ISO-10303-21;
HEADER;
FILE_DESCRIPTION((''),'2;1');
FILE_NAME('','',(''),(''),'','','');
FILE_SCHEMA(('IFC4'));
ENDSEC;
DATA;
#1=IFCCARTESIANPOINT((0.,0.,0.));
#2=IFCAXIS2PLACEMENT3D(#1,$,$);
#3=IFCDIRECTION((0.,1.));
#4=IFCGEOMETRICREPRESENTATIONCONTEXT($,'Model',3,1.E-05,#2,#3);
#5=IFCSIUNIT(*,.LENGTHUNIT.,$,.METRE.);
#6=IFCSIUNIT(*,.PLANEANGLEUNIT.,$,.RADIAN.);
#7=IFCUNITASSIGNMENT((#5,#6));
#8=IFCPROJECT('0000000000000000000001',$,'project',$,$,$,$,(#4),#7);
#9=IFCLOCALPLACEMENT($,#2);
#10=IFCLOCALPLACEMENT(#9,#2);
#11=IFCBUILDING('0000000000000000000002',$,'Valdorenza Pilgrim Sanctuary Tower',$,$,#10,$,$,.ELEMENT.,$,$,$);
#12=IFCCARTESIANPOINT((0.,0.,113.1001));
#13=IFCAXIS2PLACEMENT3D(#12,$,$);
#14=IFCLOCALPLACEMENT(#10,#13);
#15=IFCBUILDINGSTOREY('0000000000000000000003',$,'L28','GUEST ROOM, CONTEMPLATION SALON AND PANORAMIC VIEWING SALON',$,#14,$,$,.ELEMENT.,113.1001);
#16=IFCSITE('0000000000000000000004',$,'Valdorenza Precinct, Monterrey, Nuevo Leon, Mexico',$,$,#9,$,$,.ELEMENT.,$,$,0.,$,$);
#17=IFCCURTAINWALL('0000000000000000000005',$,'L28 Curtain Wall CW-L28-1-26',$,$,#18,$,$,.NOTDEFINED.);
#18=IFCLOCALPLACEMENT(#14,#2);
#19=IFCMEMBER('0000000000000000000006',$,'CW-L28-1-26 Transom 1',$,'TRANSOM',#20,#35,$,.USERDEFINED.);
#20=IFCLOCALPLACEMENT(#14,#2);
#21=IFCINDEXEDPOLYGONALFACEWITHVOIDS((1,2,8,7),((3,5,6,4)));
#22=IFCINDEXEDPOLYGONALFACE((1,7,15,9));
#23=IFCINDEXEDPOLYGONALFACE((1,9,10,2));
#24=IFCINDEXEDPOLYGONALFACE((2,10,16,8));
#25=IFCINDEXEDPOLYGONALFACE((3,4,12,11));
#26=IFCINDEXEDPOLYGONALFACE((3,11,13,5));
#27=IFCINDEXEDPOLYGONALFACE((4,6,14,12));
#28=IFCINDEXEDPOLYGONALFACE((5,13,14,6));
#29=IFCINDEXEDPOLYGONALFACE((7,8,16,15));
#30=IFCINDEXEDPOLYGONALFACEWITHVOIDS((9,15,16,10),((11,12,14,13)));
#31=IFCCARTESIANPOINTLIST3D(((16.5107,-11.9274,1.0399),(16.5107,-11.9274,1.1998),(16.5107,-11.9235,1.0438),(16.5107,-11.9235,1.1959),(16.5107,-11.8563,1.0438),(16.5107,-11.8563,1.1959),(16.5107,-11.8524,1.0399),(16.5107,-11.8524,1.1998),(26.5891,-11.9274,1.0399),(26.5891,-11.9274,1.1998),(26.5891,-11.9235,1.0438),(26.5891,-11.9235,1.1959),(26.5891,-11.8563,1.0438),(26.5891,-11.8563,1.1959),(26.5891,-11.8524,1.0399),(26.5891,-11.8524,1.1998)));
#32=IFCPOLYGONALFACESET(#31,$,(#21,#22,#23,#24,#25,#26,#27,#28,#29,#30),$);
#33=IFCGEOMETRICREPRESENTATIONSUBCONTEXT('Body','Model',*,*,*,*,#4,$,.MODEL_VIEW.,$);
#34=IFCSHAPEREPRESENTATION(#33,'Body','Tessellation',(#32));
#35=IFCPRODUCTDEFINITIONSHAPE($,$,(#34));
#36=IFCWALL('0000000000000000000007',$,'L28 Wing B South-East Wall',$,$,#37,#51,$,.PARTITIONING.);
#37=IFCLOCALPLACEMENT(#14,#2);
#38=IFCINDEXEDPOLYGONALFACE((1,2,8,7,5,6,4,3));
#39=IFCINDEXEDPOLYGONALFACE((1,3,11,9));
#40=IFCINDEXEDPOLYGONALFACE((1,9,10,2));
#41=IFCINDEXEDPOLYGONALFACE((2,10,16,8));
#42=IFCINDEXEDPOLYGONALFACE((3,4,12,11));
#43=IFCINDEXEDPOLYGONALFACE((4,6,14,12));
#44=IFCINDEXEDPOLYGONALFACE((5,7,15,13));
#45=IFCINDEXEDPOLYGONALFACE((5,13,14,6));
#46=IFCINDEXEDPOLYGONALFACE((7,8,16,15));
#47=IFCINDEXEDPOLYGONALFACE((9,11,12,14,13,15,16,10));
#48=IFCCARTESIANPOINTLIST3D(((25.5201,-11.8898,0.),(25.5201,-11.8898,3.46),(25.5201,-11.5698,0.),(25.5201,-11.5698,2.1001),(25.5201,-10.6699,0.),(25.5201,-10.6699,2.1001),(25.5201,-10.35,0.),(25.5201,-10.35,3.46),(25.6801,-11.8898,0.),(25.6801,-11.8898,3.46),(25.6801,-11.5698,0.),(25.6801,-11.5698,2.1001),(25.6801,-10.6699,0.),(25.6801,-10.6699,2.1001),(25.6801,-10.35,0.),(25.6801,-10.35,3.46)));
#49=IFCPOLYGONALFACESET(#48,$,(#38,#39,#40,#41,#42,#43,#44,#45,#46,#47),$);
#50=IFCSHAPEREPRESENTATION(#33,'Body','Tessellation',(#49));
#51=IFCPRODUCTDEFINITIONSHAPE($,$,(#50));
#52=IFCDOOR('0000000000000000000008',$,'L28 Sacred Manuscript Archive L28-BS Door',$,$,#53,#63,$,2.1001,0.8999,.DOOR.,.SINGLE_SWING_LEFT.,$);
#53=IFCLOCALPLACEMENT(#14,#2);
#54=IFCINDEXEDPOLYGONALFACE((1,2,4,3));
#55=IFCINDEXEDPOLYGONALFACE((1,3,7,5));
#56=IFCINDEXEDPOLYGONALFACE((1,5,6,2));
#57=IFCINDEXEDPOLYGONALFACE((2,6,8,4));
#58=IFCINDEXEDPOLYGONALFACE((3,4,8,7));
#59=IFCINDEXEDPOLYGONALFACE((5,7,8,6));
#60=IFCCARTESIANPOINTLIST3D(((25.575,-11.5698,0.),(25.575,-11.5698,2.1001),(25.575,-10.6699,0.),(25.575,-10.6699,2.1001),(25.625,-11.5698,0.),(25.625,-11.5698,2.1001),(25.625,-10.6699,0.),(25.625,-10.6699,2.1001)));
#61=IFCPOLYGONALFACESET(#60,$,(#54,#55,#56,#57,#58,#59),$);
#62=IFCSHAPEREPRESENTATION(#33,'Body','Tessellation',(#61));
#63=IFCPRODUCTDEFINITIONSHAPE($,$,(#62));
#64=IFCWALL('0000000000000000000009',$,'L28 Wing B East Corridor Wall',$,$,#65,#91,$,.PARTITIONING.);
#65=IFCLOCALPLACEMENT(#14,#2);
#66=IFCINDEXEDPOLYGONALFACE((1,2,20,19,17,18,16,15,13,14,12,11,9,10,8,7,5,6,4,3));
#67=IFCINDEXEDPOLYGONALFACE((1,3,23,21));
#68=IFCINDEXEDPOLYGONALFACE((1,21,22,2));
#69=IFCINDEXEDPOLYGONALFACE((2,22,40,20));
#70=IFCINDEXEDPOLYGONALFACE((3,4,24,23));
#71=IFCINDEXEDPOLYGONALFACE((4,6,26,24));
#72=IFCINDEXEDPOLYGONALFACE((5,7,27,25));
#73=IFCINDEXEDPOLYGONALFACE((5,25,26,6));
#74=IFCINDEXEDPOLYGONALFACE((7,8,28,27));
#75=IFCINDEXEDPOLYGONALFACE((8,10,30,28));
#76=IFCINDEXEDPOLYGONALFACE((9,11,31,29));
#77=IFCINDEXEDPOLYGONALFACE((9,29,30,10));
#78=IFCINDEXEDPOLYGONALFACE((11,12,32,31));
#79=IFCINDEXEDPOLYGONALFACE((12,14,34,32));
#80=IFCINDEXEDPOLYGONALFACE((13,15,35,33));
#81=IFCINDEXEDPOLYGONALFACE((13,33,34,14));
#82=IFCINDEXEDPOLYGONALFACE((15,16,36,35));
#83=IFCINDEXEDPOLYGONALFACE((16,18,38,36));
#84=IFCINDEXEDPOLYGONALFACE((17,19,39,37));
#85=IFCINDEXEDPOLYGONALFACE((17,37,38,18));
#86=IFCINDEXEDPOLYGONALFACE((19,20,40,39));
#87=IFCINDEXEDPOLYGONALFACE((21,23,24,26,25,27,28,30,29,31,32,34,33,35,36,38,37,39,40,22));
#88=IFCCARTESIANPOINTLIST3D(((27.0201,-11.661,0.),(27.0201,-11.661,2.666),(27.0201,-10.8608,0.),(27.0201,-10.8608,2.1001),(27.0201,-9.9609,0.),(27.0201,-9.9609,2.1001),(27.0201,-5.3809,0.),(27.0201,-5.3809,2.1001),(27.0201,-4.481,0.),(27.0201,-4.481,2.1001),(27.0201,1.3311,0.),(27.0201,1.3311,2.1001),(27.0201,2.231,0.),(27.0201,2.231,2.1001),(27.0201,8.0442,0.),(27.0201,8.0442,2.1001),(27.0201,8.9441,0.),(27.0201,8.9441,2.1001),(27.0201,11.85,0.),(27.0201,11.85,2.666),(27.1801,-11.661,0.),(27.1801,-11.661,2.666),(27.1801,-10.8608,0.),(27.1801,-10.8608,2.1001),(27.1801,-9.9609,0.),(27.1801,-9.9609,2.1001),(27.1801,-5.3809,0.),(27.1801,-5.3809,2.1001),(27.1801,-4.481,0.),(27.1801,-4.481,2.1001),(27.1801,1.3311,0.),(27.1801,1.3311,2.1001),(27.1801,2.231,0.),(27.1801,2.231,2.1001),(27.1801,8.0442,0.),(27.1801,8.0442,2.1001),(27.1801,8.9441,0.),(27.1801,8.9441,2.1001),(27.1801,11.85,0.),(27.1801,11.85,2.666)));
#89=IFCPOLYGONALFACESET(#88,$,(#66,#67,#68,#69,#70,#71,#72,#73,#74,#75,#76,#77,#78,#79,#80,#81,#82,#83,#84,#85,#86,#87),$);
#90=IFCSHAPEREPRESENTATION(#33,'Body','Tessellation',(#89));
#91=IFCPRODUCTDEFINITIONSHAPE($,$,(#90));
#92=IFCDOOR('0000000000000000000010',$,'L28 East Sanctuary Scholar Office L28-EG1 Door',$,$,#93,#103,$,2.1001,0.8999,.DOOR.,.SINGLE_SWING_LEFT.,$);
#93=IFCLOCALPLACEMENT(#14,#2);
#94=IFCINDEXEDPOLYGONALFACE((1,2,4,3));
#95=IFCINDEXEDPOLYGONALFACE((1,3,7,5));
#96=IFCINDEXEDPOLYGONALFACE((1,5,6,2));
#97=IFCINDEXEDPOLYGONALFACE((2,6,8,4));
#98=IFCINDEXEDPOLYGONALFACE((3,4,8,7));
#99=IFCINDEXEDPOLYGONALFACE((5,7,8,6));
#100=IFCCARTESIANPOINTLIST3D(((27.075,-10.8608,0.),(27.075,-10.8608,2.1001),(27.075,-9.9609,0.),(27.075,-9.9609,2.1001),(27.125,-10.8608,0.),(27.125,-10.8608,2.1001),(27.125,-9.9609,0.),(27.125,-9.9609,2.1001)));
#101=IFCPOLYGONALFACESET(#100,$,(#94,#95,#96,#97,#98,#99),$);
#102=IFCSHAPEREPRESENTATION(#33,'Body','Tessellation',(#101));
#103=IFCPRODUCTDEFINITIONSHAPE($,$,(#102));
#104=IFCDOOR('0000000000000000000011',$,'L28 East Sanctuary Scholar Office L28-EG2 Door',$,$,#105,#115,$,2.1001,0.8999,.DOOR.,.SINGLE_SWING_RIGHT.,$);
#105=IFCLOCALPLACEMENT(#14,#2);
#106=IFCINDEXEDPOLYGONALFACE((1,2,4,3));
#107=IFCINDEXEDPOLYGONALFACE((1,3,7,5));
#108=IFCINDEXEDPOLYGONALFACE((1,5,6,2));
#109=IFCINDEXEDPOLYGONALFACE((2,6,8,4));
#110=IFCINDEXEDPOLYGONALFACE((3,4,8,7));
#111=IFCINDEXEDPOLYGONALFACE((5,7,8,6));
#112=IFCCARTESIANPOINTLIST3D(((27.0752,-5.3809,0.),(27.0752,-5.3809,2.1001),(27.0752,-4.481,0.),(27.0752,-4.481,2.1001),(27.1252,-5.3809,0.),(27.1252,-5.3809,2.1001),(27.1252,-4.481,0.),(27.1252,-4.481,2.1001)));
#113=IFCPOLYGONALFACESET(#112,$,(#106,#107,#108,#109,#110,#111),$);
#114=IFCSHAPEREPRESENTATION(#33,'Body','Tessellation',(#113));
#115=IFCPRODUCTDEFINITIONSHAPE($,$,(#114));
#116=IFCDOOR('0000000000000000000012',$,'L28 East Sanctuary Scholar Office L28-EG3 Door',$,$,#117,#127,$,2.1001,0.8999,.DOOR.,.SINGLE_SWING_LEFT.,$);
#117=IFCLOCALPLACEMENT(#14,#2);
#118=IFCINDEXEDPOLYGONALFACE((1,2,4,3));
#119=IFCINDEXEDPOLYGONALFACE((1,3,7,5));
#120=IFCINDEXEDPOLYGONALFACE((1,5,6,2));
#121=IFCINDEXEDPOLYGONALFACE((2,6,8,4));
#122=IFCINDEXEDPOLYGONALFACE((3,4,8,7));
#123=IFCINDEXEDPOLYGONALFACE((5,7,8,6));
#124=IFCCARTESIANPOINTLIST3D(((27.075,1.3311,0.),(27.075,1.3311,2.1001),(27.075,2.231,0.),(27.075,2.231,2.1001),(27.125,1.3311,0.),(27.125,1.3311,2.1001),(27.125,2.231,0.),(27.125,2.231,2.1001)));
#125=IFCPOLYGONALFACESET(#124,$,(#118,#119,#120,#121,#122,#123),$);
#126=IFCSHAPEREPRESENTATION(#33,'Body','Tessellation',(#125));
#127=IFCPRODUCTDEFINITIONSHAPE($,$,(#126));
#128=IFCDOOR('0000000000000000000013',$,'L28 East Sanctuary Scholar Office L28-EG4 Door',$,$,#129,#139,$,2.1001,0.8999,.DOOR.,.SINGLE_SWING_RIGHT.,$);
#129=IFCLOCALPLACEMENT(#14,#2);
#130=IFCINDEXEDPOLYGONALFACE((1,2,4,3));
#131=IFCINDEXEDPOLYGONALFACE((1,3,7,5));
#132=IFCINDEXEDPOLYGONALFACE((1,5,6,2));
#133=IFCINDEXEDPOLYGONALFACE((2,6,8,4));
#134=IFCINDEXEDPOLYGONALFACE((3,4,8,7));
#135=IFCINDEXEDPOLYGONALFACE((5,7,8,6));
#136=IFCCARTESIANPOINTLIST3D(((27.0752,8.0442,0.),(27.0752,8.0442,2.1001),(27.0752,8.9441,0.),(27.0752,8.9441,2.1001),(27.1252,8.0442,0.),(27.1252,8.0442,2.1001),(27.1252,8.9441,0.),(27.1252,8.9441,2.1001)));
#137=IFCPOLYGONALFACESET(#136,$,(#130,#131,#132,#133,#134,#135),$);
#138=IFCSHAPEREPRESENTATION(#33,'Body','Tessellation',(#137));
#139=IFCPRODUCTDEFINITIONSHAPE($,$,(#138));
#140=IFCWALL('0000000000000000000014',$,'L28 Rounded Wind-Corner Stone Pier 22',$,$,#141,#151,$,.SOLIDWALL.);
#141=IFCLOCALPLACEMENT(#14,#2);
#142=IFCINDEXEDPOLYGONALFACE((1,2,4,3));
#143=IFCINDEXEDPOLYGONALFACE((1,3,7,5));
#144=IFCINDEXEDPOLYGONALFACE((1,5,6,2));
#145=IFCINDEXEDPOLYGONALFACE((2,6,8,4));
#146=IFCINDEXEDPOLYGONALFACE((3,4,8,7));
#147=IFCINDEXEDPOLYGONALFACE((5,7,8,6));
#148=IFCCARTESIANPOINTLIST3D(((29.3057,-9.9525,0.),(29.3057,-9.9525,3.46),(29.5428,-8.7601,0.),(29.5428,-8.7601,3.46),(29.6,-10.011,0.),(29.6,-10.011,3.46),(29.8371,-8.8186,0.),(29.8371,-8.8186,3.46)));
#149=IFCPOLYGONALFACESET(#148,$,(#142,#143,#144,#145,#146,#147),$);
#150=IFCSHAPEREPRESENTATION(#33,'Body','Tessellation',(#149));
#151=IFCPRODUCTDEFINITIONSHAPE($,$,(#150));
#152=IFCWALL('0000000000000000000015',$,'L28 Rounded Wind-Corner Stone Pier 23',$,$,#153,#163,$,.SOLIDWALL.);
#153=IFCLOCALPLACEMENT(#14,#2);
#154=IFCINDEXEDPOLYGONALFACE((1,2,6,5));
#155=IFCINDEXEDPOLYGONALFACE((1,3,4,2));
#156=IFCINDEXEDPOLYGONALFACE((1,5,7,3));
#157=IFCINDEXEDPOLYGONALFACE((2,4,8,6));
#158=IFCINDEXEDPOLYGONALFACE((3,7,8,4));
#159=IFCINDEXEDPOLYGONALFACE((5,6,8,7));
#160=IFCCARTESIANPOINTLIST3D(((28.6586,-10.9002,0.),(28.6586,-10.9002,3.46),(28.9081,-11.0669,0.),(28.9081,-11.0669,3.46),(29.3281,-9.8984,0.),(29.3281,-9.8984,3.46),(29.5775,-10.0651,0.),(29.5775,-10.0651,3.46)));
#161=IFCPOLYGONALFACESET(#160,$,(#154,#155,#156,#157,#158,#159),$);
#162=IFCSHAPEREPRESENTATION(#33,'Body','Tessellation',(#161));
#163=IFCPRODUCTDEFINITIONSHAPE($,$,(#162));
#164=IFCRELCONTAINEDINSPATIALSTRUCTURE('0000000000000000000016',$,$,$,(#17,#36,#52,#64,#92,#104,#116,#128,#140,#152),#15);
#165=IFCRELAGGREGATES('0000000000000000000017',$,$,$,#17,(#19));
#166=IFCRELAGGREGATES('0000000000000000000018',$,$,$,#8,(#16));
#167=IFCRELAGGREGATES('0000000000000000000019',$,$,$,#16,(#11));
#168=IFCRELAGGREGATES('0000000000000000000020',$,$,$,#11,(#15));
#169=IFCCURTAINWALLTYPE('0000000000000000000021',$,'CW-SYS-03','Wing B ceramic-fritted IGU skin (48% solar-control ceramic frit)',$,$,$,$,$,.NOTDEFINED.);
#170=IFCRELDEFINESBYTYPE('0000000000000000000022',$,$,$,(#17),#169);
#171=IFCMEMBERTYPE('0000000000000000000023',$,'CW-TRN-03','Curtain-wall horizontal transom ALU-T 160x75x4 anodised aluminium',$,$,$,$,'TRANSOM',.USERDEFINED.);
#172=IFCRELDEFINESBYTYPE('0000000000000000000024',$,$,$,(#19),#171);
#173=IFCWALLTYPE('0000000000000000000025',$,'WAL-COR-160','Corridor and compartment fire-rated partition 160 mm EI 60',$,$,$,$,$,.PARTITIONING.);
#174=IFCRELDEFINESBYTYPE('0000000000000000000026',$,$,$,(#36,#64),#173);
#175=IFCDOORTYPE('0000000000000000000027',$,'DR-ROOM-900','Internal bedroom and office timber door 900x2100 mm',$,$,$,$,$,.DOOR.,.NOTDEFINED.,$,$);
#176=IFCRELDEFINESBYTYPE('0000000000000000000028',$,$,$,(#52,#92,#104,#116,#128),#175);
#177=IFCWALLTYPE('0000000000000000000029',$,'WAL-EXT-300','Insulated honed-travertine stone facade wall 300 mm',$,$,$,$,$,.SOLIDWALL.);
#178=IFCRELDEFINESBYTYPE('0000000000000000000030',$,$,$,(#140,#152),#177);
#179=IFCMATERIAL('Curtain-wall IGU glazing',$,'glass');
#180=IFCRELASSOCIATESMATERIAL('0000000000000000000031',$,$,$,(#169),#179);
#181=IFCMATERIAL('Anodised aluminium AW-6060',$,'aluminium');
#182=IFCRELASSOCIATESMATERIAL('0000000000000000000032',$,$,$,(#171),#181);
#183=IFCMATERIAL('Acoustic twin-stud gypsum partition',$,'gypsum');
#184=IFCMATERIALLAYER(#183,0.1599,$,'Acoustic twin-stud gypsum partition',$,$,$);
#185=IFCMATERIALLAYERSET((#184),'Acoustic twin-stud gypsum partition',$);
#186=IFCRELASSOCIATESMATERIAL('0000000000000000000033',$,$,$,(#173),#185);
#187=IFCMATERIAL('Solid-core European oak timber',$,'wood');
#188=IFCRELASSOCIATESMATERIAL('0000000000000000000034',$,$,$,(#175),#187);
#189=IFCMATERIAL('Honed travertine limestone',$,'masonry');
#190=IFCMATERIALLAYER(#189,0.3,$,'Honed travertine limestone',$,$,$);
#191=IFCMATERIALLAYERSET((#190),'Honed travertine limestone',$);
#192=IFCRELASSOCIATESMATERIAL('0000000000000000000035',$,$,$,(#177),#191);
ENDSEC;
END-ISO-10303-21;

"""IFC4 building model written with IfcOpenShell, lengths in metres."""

from ifc_helpers import new_model, si_unit, direction, frame, frame_2d, origin, origin_2d, place, context, subcontext, project, spatial, rectangle, hollow_rectangle, extrude, source, transform, mapped, material, layer, layer_set, material_profile, profile_set, type_object, element, fill, aggregate, save


model = new_model("IFC4")

# Units and contexts
model_context = context("Model", 3, precision=1e-05, world=origin(), true_north=direction((0.0, 1.0)))
body_context = subcontext(model_context, "Body", "Model", "MODEL_VIEW")
ifc_project = project(units=[si_unit("LENGTHUNIT", "METRE"), si_unit("PLANEANGLEUNIT", "RADIAN")], contexts=[model_context])

# Site, building, storey
site_placement = place(None, origin())
site = spatial("IfcSite", under=ifc_project, at=site_placement, Name="Valdorenza Precinct, Monterrey, Nuevo Leon, Mexico", CompositionType="ELEMENT", RefElevation=0.0)
building_placement = place(site_placement, origin())
building = spatial("IfcBuilding", under=site, at=building_placement, Name="Valdorenza Pilgrim Sanctuary Tower", CompositionType="ELEMENT")
storey_placement = place(building_placement, frame((0.0, 0.0, 113.1001)))
storey = spatial("IfcBuildingStorey", under=building, at=storey_placement, Name="L28", Description="GUEST ROOM, CONTEMPLATION SALON AND PANORAMIC VIEWING SALON", CompositionType="ELEMENT", Elevation=113.1001)

# Shared definitions
ifc_material_1 = material(Name="Curtain-wall IGU glazing", Category="glass")
curtain_wall_type = type_object("IfcCurtainWallType", Name="CW-SYS-03", Description="Wing B ceramic-fritted IGU skin (48% solar-control ceramic frit)", PredefinedType="NOTDEFINED", material=ifc_material_1)
ifc_material_2 = material(Name="Anodised aluminium AW-6060", Category="aluminium")

# Curtain wall, member
curtain_wall_1_placement = place(storey_placement, origin())
curtain_wall_1 = element("IfcCurtainWall", 1, at=curtain_wall_1_placement, inside=storey, type_object=curtain_wall_type, Name="L28 Curtain Wall CW-L28-1-26", PredefinedType="NOTDEFINED")
ifc_material_profile_1 = material_profile(ifc_material_2, hollow_rectangle(XDim=0.075, YDim=0.1599, WallThickness=0.0039, at=origin_2d()), Name="ALU-T 160x75x4")
ifc_profile_set_1 = profile_set([ifc_material_profile_1], Name="Anodised aluminium AW-6060")
member_type_1 = type_object("IfcMemberType", Name="CW-TRN-03", Description="Curtain-wall horizontal transom ALU-T 160x75x4 anodised aluminium", ElementType="TRANSOM", PredefinedType="USERDEFINED", material=ifc_profile_set_1)
shared_shape_1 = source(origin(), body_context, "Body", "SweptSolid", [
    extrude(hollow_rectangle(XDim=0.075, YDim=0.1599, WallThickness=0.0039, at=origin_2d()), origin(), (0.0, 0.0, 1.0), 10.0784),
])
member_1_placement = place(storey_placement, frame((26.5891, -11.8899, 1.1199), z_axis=(-1.0, 0.0, 0.0), x_axis=(0.0, -1.0, 0.0)))
member_1 = element("IfcMember", 2, at=member_1_placement, type_object=member_type_1, Name="CW-L28-1-26 Transom 1", ObjectType="TRANSOM", PredefinedType="USERDEFINED", context=body_context, shape_type="MappedRepresentation", body=[
    mapped(shared_shape_1, transform((0.0, 0.0, 0.0), x_axis=(1.0, 0.0, 0.0), y_axis=(0.0, 1.0, 0.0), z_axis=(0.0, 0.0, 1.0), scale=1.0)),
])
aggregate(curtain_wall_1, [member_1])

# Wall, opening, door
ifc_material_3 = material(Name="Acoustic twin-stud gypsum partition", Category="gypsum")
ifc_layer_1 = layer(ifc_material_3, 0.1599, Name="Acoustic twin-stud gypsum partition")
ifc_layer_set_1 = layer_set([ifc_layer_1], Name="Acoustic twin-stud gypsum partition")
wall_type_1 = type_object("IfcWallType", Name="WAL-COR-160", Description="Corridor and compartment fire-rated partition 160 mm EI 60", PredefinedType="PARTITIONING", material=ifc_layer_set_1)
wall_1_placement = place(storey_placement, frame((25.6001, -11.8899, 0.0), z_axis=(0.0, 0.0, 1.0), x_axis=(0.0, 1.0, 0.0)))
wall_1 = element("IfcWall", 3, at=wall_1_placement, inside=storey, type_object=wall_type_1, Name="L28 Wing B South-East Wall", PredefinedType="PARTITIONING", context=body_context, shape_type="SweptSolid", body=[
    extrude(rectangle(XDim=1.5398, YDim=0.1599, at=frame_2d((0.77, 0.0))), origin(), (0.0, 0.0, 1.0), 3.46),
])
opening_1_placement = place(wall_1_placement, frame((0.3201, 0.0, 0.0)))
opening_1 = element("IfcOpeningElement", 4, at=opening_1_placement, cuts=wall_1, PredefinedType="OPENING", context=body_context, shape_type="SweptSolid", body=[
    extrude(rectangle(XDim=0.8999, YDim=2.1001, at=frame_2d((0.45, 1.05))), frame((0.0, 0.0947, 0.0), z_axis=(0.0, -1.0, 0.0), x_axis=(1.0, 0.0, 0.0)), (0.0, 0.0, 1.0), 0.1897),
])
ifc_material_4 = material(Name="Solid-core European oak timber", Category="wood")
door_type = type_object("IfcDoorType", Name="DR-ROOM-900", Description="Internal bedroom and office timber door 900x2100 mm", OperationType="NOTDEFINED", PredefinedType="DOOR", material=ifc_material_4)
door_1_placement = place(opening_1_placement, frame((0.8999, 0.0, 0.0), z_axis=(0.0, 0.0, 1.0), x_axis=(-1.0, 0.0, 0.0)))
door_1 = element("IfcDoor", 5, at=door_1_placement, inside=storey, type_object=door_type, Name="L28 Sacred Manuscript Archive L28-BS Door", OperationType="SINGLE_SWING_LEFT", OverallHeight=2.1001, OverallWidth=0.8999, PredefinedType="DOOR", context=body_context, shape_type="SweptSolid", body=[
    extrude(rectangle(XDim=0.8999, YDim=2.1001, at=frame_2d((0.45, 1.05))), frame((0.0, 0.0249, 0.0), z_axis=(0.0, -1.0, 0.0), x_axis=(1.0, 0.0, 0.0)), (0.0, 0.0, 1.0), 0.05),
])
fill(opening_1, door_1)

# Wall, openings, doors
wall_2_placement = place(storey_placement, frame((27.1001, -11.6609, 0.0), z_axis=(0.0, 0.0, 1.0), x_axis=(0.0, 1.0, 0.0)))
wall_2 = element("IfcWall", 6, at=wall_2_placement, inside=storey, type_object=wall_type_1, Name="L28 Wing B East Corridor Wall", PredefinedType="PARTITIONING", context=body_context, shape_type="SweptSolid", body=[
    extrude(rectangle(XDim=23.511, YDim=0.1599, at=frame_2d((11.7554, 0.0))), origin(), (0.0, 0.0, 1.0), 2.666),
])
opening_2_placement = place(wall_2_placement, frame((0.8, 0.0, 0.0)))
opening_2 = element("IfcOpeningElement", 7, at=opening_2_placement, cuts=wall_2, PredefinedType="OPENING", context=body_context, shape_type="SweptSolid", body=[
    extrude(rectangle(XDim=0.8999, YDim=2.1001, at=frame_2d((0.45, 1.05))), frame((0.0, 0.0947, 0.0), z_axis=(0.0, -1.0, 0.0), x_axis=(1.0, 0.0, 0.0)), (0.0, 0.0, 1.0), 0.1897),
])
opening_3_placement = place(wall_2_placement, frame((6.28, 0.0, 0.0)))
opening_3 = element("IfcOpeningElement", 8, at=opening_3_placement, cuts=wall_2, PredefinedType="OPENING", context=body_context, shape_type="SweptSolid", body=[
    extrude(rectangle(XDim=0.8999, YDim=2.1001, at=frame_2d((0.45, 1.05))), frame((0.0, 0.0947, 0.0), z_axis=(0.0, -1.0, 0.0), x_axis=(1.0, 0.0, 0.0)), (0.0, 0.0, 1.0), 0.1897),
])
opening_4_placement = place(wall_2_placement, frame((12.9919, 0.0, 0.0)))
opening_4 = element("IfcOpeningElement", 9, at=opening_4_placement, cuts=wall_2, PredefinedType="OPENING", context=body_context, shape_type="SweptSolid", body=[
    extrude(rectangle(XDim=0.8999, YDim=2.1001, at=frame_2d((0.45, 1.05))), frame((0.0, 0.0947, 0.0), z_axis=(0.0, -1.0, 0.0), x_axis=(1.0, 0.0, 0.0)), (0.0, 0.0, 1.0), 0.1897),
])
opening_5_placement = place(wall_2_placement, frame((19.7051, 0.0, 0.0)))
opening_5 = element("IfcOpeningElement", 10, at=opening_5_placement, cuts=wall_2, PredefinedType="OPENING", context=body_context, shape_type="SweptSolid", body=[
    extrude(rectangle(XDim=0.8999, YDim=2.1001, at=frame_2d((0.45, 1.05))), frame((0.0, 0.0947, 0.0), z_axis=(0.0, -1.0, 0.0), x_axis=(1.0, 0.0, 0.0)), (0.0, 0.0, 1.0), 0.1897),
])
door_2_placement = place(opening_2_placement, frame((0.8999, 0.0, 0.0), z_axis=(0.0, 0.0, 1.0), x_axis=(-1.0, 0.0, 0.0)))
door_2 = element("IfcDoor", 11, at=door_2_placement, inside=storey, type_object=door_type, Name="L28 East Sanctuary Scholar Office L28-EG1 Door", OperationType="SINGLE_SWING_LEFT", OverallHeight=2.1001, OverallWidth=0.8999, PredefinedType="DOOR", context=body_context, shape_type="SweptSolid", body=[
    extrude(rectangle(XDim=0.8999, YDim=2.1001, at=frame_2d((0.45, 1.05))), frame((0.0, 0.0249, 0.0), z_axis=(0.0, -1.0, 0.0), x_axis=(1.0, 0.0, 0.0)), (0.0, 0.0, 1.0), 0.05),
])
fill(opening_2, door_2)
door_3_placement = place(opening_3_placement, origin())
door_3 = element("IfcDoor", 12, at=door_3_placement, inside=storey, type_object=door_type, Name="L28 East Sanctuary Scholar Office L28-EG2 Door", OperationType="SINGLE_SWING_RIGHT", OverallHeight=2.1001, OverallWidth=0.8999, PredefinedType="DOOR", context=body_context, shape_type="SweptSolid", body=[
    extrude(rectangle(XDim=0.8999, YDim=2.1001, at=frame_2d((0.45, 1.05))), frame((0.0, 0.0249, 0.0), z_axis=(0.0, -1.0, 0.0), x_axis=(1.0, 0.0, 0.0)), (0.0, 0.0, 1.0), 0.05),
])
fill(opening_3, door_3)
door_4_placement = place(opening_4_placement, frame((0.8999, 0.0, 0.0), z_axis=(0.0, 0.0, 1.0), x_axis=(-1.0, 0.0, 0.0)))
door_4 = element("IfcDoor", 13, at=door_4_placement, inside=storey, type_object=door_type, Name="L28 East Sanctuary Scholar Office L28-EG3 Door", OperationType="SINGLE_SWING_LEFT", OverallHeight=2.1001, OverallWidth=0.8999, PredefinedType="DOOR", context=body_context, shape_type="SweptSolid", body=[
    extrude(rectangle(XDim=0.8999, YDim=2.1001, at=frame_2d((0.45, 1.05))), frame((0.0, 0.0249, 0.0), z_axis=(0.0, -1.0, 0.0), x_axis=(1.0, 0.0, 0.0)), (0.0, 0.0, 1.0), 0.05),
])
fill(opening_4, door_4)
door_5_placement = place(opening_5_placement, origin())
door_5 = element("IfcDoor", 14, at=door_5_placement, inside=storey, type_object=door_type, Name="L28 East Sanctuary Scholar Office L28-EG4 Door", OperationType="SINGLE_SWING_RIGHT", OverallHeight=2.1001, OverallWidth=0.8999, PredefinedType="DOOR", context=body_context, shape_type="SweptSolid", body=[
    extrude(rectangle(XDim=0.8999, YDim=2.1001, at=frame_2d((0.45, 1.05))), frame((0.0, 0.0249, 0.0), z_axis=(0.0, -1.0, 0.0), x_axis=(1.0, 0.0, 0.0)), (0.0, 0.0, 1.0), 0.05),
])
fill(opening_5, door_5)

# Walls
ifc_material_5 = material(Name="Honed travertine limestone", Category="masonry")
ifc_layer_2 = layer(ifc_material_5, 0.3, Name="Honed travertine limestone")
ifc_layer_set_2 = layer_set([ifc_layer_2], Name="Honed travertine limestone")
wall_type_2 = type_object("IfcWallType", Name="WAL-EXT-300", Description="Insulated honed-travertine stone facade wall 300 mm", PredefinedType="SOLIDWALL", material=ifc_layer_set_2)
wall_3_placement = place(storey_placement, frame((29.6899, -8.7893, 0.0), z_axis=(0.0, 0.0, 1.0), x_axis=(-0.194996, -0.980804, 0.0)))
element("IfcWall", 15, at=wall_3_placement, inside=storey, type_object=wall_type_2, Name="L28 Rounded Wind-Corner Stone Pier 22", PredefinedType="SOLIDWALL", context=body_context, shape_type="SweptSolid", body=[
    extrude(rectangle(XDim=1.2158, YDim=0.3, at=frame_2d((0.6079, 0.0))), origin(), (0.0, 0.0, 1.0), 3.46),
])
for number, where, z_axis, x_axis, name in (
    (16, (29.4529, -9.9817, 0.0), (0.0, 0.0, 1.0), (-0.555635, -0.831426, 0.0), "L28 Rounded Wind-Corner Stone Pier 23"),
):
    element("IfcWall", number, at=place(storey_placement, frame(where, z_axis=z_axis, x_axis=x_axis)), inside=storey, type_object=wall_type_2, Name=name, PredefinedType="SOLIDWALL", context=body_context, shape_type="SweptSolid", body=[
        extrude(rectangle(XDim=1.2048, YDim=0.3, at=frame_2d((0.6025, 0.0))), origin(), (0.0, 0.0, 1.0), 3.46),
    ])

save(model, "model.ifc")
